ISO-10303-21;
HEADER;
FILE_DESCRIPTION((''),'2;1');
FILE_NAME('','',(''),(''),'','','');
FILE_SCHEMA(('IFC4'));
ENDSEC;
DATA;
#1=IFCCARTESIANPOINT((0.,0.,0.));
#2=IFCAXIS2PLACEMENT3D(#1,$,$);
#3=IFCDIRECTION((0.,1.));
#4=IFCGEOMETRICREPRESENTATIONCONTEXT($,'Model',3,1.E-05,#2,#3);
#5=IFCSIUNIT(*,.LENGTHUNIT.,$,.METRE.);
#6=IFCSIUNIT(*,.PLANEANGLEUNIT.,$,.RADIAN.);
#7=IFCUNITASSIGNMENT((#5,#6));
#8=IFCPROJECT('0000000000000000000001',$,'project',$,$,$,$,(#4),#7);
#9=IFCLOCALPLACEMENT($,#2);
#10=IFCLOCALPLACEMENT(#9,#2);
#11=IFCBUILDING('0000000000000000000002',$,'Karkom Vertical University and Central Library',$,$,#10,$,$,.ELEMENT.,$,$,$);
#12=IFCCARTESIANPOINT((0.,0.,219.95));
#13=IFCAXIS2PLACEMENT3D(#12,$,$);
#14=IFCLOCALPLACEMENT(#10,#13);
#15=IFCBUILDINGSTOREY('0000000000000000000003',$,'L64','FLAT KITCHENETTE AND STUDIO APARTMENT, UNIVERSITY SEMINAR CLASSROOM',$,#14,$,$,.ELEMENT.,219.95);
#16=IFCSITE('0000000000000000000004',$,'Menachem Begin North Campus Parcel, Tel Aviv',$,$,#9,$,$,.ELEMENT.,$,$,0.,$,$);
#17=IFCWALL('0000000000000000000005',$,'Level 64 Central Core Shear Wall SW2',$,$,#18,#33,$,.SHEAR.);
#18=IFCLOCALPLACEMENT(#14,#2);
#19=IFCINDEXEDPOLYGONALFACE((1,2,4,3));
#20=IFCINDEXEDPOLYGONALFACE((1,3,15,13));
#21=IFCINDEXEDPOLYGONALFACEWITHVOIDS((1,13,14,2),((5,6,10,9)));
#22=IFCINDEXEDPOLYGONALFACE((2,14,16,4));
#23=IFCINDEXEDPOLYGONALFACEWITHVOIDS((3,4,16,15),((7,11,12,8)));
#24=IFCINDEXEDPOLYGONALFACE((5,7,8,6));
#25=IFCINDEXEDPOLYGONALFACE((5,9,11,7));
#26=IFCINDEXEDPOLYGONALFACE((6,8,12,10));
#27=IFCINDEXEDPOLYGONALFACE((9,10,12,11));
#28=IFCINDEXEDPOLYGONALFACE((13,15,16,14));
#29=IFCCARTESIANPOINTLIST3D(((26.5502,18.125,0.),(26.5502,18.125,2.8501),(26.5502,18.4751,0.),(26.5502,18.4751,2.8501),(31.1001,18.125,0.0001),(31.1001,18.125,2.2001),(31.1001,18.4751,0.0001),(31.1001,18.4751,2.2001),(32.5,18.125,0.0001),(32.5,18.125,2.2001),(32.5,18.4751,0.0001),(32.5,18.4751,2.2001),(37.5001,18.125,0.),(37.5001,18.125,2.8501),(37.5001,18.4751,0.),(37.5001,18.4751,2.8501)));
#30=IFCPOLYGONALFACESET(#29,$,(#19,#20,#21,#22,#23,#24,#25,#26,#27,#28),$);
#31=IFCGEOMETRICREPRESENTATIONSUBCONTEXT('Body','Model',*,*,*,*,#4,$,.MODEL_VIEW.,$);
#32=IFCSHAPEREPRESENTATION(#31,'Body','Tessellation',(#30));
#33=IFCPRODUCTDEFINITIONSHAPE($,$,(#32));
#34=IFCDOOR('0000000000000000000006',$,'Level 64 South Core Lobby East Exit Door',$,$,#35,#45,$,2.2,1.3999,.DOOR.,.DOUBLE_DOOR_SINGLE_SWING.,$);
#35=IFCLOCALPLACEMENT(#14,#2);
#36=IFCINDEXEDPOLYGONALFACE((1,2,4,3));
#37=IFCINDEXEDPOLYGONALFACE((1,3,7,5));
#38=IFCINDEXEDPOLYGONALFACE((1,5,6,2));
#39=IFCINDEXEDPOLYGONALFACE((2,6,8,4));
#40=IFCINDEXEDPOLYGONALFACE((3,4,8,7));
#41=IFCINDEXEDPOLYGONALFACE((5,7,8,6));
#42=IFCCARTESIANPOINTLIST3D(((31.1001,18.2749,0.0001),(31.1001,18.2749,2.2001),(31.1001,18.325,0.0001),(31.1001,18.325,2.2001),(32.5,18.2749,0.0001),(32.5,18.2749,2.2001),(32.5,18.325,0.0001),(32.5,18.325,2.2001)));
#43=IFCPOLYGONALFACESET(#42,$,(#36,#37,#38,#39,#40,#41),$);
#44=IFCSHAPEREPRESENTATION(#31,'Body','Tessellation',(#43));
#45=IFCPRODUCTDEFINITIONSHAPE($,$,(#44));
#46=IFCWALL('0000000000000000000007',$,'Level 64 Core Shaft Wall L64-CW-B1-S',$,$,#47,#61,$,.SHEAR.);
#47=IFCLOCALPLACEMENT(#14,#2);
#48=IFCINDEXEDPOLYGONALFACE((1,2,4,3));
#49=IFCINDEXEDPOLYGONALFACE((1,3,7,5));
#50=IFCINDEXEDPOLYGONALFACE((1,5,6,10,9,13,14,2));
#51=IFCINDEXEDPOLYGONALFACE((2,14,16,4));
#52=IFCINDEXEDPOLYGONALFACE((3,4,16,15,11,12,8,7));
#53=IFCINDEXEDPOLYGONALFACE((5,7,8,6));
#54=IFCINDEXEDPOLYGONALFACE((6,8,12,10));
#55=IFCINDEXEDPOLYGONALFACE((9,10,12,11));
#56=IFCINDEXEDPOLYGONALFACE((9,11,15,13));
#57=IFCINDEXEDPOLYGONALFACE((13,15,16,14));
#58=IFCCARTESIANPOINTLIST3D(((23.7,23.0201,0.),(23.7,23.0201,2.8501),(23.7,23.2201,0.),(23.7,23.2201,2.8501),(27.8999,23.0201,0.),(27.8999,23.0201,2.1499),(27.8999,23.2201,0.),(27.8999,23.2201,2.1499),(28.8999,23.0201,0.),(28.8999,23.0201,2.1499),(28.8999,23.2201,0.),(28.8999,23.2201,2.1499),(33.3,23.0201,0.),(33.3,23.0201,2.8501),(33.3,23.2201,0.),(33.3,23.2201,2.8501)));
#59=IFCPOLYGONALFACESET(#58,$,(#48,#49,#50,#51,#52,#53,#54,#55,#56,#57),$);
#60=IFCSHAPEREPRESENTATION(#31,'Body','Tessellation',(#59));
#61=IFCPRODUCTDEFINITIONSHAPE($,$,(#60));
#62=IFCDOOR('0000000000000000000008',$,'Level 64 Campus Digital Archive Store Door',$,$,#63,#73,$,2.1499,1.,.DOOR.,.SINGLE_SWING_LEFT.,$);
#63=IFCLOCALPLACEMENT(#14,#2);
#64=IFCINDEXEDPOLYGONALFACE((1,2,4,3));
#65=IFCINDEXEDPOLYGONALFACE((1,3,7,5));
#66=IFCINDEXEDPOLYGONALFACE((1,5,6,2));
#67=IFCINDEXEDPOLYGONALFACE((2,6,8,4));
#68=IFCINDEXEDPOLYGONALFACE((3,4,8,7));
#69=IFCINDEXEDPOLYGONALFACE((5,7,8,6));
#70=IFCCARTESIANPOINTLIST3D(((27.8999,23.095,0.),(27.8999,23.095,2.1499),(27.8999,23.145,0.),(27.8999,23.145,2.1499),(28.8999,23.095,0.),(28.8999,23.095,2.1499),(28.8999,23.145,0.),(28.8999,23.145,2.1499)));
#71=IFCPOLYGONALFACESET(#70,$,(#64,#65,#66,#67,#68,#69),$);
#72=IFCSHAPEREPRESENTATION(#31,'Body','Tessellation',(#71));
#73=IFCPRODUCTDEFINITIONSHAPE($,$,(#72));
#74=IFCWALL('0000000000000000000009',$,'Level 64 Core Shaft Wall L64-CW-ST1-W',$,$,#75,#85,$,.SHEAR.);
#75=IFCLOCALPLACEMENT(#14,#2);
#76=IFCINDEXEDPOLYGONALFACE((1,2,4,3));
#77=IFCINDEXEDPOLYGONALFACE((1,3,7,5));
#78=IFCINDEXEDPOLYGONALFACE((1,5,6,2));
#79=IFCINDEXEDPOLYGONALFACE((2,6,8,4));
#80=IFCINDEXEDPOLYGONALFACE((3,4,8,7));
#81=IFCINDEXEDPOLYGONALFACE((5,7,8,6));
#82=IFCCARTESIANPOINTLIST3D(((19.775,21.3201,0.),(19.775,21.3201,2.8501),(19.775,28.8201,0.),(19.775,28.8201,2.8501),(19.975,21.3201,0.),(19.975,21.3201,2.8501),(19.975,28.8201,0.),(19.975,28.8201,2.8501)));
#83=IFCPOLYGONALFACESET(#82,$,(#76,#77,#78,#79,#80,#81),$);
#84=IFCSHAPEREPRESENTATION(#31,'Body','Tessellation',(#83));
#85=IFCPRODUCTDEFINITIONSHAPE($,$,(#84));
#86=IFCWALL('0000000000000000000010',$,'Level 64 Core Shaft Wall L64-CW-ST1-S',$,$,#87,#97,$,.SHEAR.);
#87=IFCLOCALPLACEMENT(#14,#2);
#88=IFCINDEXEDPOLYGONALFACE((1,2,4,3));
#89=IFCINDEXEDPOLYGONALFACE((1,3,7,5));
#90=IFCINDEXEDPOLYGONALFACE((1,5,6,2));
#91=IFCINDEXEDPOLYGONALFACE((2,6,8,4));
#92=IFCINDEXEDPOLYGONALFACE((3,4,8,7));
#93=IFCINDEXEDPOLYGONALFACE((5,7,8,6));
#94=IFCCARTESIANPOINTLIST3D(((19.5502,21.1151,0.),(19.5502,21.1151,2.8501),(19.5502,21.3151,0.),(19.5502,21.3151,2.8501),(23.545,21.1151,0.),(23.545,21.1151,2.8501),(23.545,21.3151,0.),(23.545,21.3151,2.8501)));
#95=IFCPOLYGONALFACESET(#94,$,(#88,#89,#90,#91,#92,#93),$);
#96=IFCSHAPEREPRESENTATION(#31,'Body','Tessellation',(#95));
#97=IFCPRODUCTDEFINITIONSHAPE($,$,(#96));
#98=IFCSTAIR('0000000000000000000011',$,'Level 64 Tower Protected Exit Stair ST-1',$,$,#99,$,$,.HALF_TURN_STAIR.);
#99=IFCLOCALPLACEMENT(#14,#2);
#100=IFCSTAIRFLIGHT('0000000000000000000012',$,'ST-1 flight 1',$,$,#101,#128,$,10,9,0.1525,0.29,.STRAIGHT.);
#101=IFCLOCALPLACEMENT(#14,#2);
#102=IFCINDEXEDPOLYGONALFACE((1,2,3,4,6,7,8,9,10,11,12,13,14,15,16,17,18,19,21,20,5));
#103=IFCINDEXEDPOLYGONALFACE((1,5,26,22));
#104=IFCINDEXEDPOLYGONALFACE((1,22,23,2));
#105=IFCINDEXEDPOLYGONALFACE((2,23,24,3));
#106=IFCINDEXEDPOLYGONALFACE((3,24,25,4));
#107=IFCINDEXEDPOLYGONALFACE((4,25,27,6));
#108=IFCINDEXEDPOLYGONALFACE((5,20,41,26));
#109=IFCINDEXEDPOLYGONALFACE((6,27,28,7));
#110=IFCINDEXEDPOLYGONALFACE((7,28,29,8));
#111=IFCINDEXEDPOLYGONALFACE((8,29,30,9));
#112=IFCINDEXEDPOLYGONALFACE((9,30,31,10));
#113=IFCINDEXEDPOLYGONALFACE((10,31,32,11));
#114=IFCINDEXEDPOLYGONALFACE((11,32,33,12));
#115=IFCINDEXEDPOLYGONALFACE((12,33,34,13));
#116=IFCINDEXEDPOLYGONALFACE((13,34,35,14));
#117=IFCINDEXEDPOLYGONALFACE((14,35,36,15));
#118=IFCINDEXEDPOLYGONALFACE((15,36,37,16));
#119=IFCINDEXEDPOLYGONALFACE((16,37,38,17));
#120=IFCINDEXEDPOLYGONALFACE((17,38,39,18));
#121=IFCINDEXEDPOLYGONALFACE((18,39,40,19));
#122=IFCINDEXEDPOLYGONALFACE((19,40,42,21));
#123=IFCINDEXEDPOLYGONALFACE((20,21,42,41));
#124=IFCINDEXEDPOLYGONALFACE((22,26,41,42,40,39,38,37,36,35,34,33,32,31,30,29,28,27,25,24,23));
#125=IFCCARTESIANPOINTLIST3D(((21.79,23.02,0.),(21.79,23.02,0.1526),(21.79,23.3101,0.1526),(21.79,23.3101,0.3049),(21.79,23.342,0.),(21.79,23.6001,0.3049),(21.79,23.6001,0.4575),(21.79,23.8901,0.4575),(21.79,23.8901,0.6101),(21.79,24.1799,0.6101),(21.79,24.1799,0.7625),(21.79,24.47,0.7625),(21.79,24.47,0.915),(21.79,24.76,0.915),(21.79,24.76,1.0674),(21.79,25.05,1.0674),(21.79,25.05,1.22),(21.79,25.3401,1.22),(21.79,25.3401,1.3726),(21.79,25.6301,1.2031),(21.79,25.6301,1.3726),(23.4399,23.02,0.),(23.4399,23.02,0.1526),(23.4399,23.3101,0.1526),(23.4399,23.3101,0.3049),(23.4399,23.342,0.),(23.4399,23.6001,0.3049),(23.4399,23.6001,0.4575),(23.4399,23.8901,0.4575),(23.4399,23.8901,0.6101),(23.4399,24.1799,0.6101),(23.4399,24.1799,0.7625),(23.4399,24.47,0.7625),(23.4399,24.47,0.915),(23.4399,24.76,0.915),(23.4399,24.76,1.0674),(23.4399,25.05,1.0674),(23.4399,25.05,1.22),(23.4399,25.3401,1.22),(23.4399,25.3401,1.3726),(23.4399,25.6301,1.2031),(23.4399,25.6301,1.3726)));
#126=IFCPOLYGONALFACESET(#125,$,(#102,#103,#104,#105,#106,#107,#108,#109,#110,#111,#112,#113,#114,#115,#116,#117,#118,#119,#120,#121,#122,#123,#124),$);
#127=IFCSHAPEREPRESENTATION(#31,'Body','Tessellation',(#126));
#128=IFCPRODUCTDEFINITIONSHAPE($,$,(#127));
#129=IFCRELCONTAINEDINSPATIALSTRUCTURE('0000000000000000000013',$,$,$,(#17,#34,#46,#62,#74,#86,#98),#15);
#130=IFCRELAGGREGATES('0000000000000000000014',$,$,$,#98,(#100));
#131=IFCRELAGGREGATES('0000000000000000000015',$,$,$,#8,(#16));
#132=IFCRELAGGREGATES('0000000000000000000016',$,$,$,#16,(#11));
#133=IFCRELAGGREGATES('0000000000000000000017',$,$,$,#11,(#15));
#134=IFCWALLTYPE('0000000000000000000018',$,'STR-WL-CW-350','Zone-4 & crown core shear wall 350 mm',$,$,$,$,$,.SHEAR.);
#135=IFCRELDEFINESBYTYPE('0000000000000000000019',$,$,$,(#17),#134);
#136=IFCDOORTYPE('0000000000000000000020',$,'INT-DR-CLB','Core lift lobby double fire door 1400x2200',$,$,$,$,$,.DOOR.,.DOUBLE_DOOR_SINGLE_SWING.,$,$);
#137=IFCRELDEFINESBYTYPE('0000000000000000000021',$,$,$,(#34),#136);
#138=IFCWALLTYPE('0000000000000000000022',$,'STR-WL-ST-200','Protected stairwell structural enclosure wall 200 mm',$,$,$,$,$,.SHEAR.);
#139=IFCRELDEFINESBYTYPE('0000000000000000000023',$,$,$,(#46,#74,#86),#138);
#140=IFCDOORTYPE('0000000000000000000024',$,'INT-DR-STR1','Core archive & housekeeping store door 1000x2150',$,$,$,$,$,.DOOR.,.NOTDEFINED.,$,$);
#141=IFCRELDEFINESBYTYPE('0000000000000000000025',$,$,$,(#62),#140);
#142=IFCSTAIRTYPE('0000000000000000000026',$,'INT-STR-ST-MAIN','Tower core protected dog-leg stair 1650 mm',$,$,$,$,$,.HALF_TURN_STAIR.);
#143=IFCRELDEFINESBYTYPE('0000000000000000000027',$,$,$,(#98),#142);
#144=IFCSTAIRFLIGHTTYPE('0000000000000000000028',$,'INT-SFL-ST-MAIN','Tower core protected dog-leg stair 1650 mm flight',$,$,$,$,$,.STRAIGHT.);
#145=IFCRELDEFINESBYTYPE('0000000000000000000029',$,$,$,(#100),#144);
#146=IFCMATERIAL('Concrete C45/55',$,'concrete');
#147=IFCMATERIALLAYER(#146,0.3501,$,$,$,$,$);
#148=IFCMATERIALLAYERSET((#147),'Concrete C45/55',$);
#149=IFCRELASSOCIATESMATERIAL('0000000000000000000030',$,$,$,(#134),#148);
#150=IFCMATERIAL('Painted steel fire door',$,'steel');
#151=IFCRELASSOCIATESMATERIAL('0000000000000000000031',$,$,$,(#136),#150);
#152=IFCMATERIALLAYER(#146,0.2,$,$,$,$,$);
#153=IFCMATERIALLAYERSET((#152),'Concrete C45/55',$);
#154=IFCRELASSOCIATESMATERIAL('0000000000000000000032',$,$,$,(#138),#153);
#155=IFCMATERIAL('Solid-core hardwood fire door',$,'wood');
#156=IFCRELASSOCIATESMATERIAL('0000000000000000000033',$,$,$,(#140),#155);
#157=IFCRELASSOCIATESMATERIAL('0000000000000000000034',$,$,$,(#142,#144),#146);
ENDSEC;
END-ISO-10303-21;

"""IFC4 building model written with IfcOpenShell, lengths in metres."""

from ifc_helpers import new_model, si_unit, direction, frame, frame_2d, origin, origin_with_axes, place, context, subcontext, project, spatial, polyline, rectangle, outline, extrude, source, transform, mapped, material, layer, layer_set, type_object, element, fill, aggregate, save


model = new_model("IFC4")

# Units and contexts
model_context = context("Model", 3, precision=1e-05, world=origin(), true_north=direction((0.0, 1.0)))
body_context = subcontext(model_context, "Body", "Model", "MODEL_VIEW")
ifc_project = project(units=[si_unit("LENGTHUNIT", "METRE"), si_unit("PLANEANGLEUNIT", "RADIAN")], contexts=[model_context])

# Site, building, storey
site_placement = place(None, origin())
site = spatial("IfcSite", under=ifc_project, at=site_placement, Name="Menachem Begin North Campus Parcel, Tel Aviv", CompositionType="ELEMENT", RefElevation=0.0)
building_placement = place(site_placement, origin())
building = spatial("IfcBuilding", under=site, at=building_placement, Name="Karkom Vertical University and Central Library", CompositionType="ELEMENT")
storey_placement = place(building_placement, frame((0.0, 0.0, 219.95)))
storey = spatial("IfcBuildingStorey", under=building, at=storey_placement, Name="L64", Description="FLAT KITCHENETTE AND STUDIO APARTMENT, UNIVERSITY SEMINAR CLASSROOM", CompositionType="ELEMENT", Elevation=219.95)

# Shared definitions
ifc_material_1 = material(Name="Concrete C45/55", Category="concrete")

# Wall, opening, door
ifc_layer_1 = layer(ifc_material_1, 0.3501)
ifc_layer_set_1 = layer_set([ifc_layer_1], Name="Concrete C45/55")
wall_type_1 = type_object("IfcWallType", Name="STR-WL-CW-350", Description="Zone-4 & crown core shear wall 350 mm", PredefinedType="SHEAR", material=ifc_layer_set_1)
wall_1_placement = place(storey_placement, frame((26.55, 18.3, 0.0), z_axis=(0.0, 0.0, 1.0), x_axis=(1.0, 0.0, 0.0)))
wall_1 = element("IfcWall", 1, at=wall_1_placement, inside=storey, type_object=wall_type_1, Name="Level 64 Central Core Shear Wall SW2", PredefinedType="SHEAR", context=body_context, shape_type="SweptSolid", body=[
    extrude(rectangle(XDim=10.95, YDim=0.3501, at=frame_2d((5.4751, 0.0))), origin(), (0.0, 0.0, 1.0), 2.8501),
])
opening_1_placement = place(wall_1_placement, frame((4.55, 0.0, 0.0)))
opening_1 = element("IfcOpeningElement", 2, at=opening_1_placement, cuts=wall_1, PredefinedType="OPENING", context=body_context, shape_type="SweptSolid", body=[
    extrude(rectangle(XDim=1.3999, YDim=2.2, at=frame_2d((0.7, 1.1001))), frame((0.0, 0.1851, 0.0), z_axis=(0.0, -1.0, 0.0), x_axis=(1.0, 0.0, 0.0)), (0.0, 0.0, 1.0), 0.3701),
])
ifc_material_2 = material(Name="Painted steel fire door", Category="steel")
door_type_1 = type_object("IfcDoorType", Name="INT-DR-CLB", Description="Core lift lobby double fire door 1400x2200", OperationType="DOUBLE_DOOR_SINGLE_SWING", PredefinedType="DOOR", material=ifc_material_2)
shared_shape_1 = source(origin_with_axes(), body_context, "Body", "SweptSolid", [
    extrude(rectangle(XDim=1.3999, YDim=2.2, at=frame_2d((0.7, 1.1001))), frame((0.0, 0.0249, 0.0), z_axis=(0.0, -1.0, 0.0), x_axis=(1.0, 0.0, 0.0)), (0.0, 0.0, 1.0), 0.05),
])
door_1_placement = place(opening_1_placement, origin())
door_1 = element("IfcDoor", 3, at=door_1_placement, inside=storey, type_object=door_type_1, Name="Level 64 South Core Lobby East Exit Door", OperationType="DOUBLE_DOOR_SINGLE_SWING", OverallHeight=2.2, OverallWidth=1.3999, PredefinedType="DOOR", context=body_context, shape_type="MappedRepresentation", body=[
    mapped(shared_shape_1, transform((0.0, 0.0, 0.0), scale=1.0)),
])
fill(opening_1, door_1)

# Shared definitions
ifc_layer_2 = layer(ifc_material_1, 0.2)
ifc_layer_set_2 = layer_set([ifc_layer_2], Name="Concrete C45/55")
wall_type_2 = type_object("IfcWallType", Name="STR-WL-ST-200", Description="Protected stairwell structural enclosure wall 200 mm", PredefinedType="SHEAR", material=ifc_layer_set_2)

# Wall, opening, door
wall_2_placement = place(storey_placement, frame((23.7, 23.1201, 0.0), z_axis=(0.0, 0.0, 1.0), x_axis=(1.0, 0.0, 0.0)))
wall_2 = element("IfcWall", 4, at=wall_2_placement, inside=storey, type_object=wall_type_2, Name="Level 64 Core Shaft Wall L64-CW-B1-S", PredefinedType="SHEAR", context=body_context, shape_type="SweptSolid", body=[
    extrude(rectangle(XDim=9.6001, YDim=0.2, at=frame_2d((4.8, 0.0))), origin(), (0.0, 0.0, 1.0), 2.8501),
])
opening_2_placement = place(wall_2_placement, frame((4.2, 0.0, 0.0)))
opening_2 = element("IfcOpeningElement", 5, at=opening_2_placement, cuts=wall_2, PredefinedType="OPENING", context=body_context, shape_type="SweptSolid", body=[
    extrude(rectangle(XDim=1.0, YDim=2.1499, at=frame_2d((0.5, 1.075))), frame((0.0, 0.1099, 0.0), z_axis=(0.0, -1.0, 0.0), x_axis=(1.0, 0.0, 0.0)), (0.0, 0.0, 1.0), 0.22),
])
ifc_material_3 = material(Name="Solid-core hardwood fire door", Category="wood")
door_type_2 = type_object("IfcDoorType", Name="INT-DR-STR1", Description="Core archive & housekeeping store door 1000x2150", OperationType="NOTDEFINED", PredefinedType="DOOR", material=ifc_material_3)
shared_shape_2 = source(origin_with_axes(), body_context, "Body", "SweptSolid", [
    extrude(rectangle(XDim=1.0, YDim=2.1499, at=frame_2d((0.5, 1.075))), frame((0.0, 0.0249, 0.0), z_axis=(0.0, -1.0, 0.0), x_axis=(1.0, 0.0, 0.0)), (0.0, 0.0, 1.0), 0.05),
])
door_2_placement = place(opening_2_placement, origin())
door_2 = element("IfcDoor", 6, at=door_2_placement, inside=storey, type_object=door_type_2, Name="Level 64 Campus Digital Archive Store Door", OperationType="SINGLE_SWING_LEFT", OverallHeight=2.1499, OverallWidth=1.0, PredefinedType="DOOR", context=body_context, shape_type="MappedRepresentation", body=[
    mapped(shared_shape_2, transform((0.0, 0.0, 0.0), scale=1.0)),
])
fill(opening_2, door_2)

# Walls
wall_3_placement = place(storey_placement, frame((19.875, 21.3201, 0.0), z_axis=(0.0, 0.0, 1.0), x_axis=(0.0, 1.0, 0.0)))
element("IfcWall", 7, at=wall_3_placement, inside=storey, type_object=wall_type_2, Name="Level 64 Core Shaft Wall L64-CW-ST1-W", PredefinedType="SHEAR", context=body_context, shape_type="SweptSolid", body=[
    extrude(rectangle(XDim=7.5, YDim=0.2, at=frame_2d((3.75, 0.0))), origin(), (0.0, 0.0, 1.0), 2.8501),
])
wall_4_placement = place(storey_placement, frame((19.55, 21.2151, 0.0), z_axis=(0.0, 0.0, 1.0), x_axis=(1.0, 0.0, 0.0)))
element("IfcWall", 8, at=wall_4_placement, inside=storey, type_object=wall_type_2, Name="Level 64 Core Shaft Wall L64-CW-ST1-S", PredefinedType="SHEAR", context=body_context, shape_type="SweptSolid", body=[
    extrude(rectangle(XDim=3.9949, YDim=0.2, at=frame_2d((1.9976, 0.0))), origin(), (0.0, 0.0, 1.0), 2.8501),
])

# Stair, stair flight
stair_type = type_object("IfcStairType", Name="INT-STR-ST-MAIN", Description="Tower core protected dog-leg stair 1650 mm", PredefinedType="HALF_TURN_STAIR", material=ifc_material_1)
stair_placement = place(storey_placement, origin())
stair = element("IfcStair", 9, at=stair_placement, inside=storey, type_object=stair_type, Name="Level 64 Tower Protected Exit Stair ST-1", PredefinedType="HALF_TURN_STAIR")
stair_flight_type = type_object("IfcStairFlightType", Name="INT-SFL-ST-MAIN", Description="Tower core protected dog-leg stair 1650 mm flight", PredefinedType="STRAIGHT", material=ifc_material_1)
stair_flight_placement = place(storey_placement, frame((22.615, 23.02, 0.0), z_axis=(0.0, 0.0, 1.0), x_axis=(0.0, 1.0, 0.0)))
stair_flight = element("IfcStairFlight", 10, at=stair_flight_placement, type_object=stair_flight_type, Name="ST-1 flight 1", NumberOfRisers=10, NumberOfTreads=9, PredefinedType="STRAIGHT", RiserHeight=0.1525, TreadLength=0.29, context=body_context, shape_type="SweptSolid", body=[
    extrude(outline(polyline([(0.0, 0.0), (0.0, 0.1526), (0.29, 0.1526), (0.29, 0.3049), (0.5801, 0.3049), (0.5801, 0.4575), (0.8701, 0.4575), (0.8701, 0.6101), (1.1599, 0.6101), (1.1599, 0.7625), (1.45, 0.7625), (1.45, 0.915), (1.74, 0.915), (1.74, 1.0674), (2.03, 1.0674), (2.03, 1.22), (2.3201, 1.22), (2.3201, 1.3726), (2.6101, 1.3726), (2.6101, 1.5249), (2.6101, 1.2031), (0.322, 0.0), (0.0, 0.0)])), frame((0.0, 0.825, 0.0), z_axis=(0.0, -1.0, 0.0), x_axis=(1.0, 0.0, 0.0)), (0.0, 0.0, 1.0), 1.6499),
])
aggregate(stair, [stair_flight])

save(model, "model.ifc")
